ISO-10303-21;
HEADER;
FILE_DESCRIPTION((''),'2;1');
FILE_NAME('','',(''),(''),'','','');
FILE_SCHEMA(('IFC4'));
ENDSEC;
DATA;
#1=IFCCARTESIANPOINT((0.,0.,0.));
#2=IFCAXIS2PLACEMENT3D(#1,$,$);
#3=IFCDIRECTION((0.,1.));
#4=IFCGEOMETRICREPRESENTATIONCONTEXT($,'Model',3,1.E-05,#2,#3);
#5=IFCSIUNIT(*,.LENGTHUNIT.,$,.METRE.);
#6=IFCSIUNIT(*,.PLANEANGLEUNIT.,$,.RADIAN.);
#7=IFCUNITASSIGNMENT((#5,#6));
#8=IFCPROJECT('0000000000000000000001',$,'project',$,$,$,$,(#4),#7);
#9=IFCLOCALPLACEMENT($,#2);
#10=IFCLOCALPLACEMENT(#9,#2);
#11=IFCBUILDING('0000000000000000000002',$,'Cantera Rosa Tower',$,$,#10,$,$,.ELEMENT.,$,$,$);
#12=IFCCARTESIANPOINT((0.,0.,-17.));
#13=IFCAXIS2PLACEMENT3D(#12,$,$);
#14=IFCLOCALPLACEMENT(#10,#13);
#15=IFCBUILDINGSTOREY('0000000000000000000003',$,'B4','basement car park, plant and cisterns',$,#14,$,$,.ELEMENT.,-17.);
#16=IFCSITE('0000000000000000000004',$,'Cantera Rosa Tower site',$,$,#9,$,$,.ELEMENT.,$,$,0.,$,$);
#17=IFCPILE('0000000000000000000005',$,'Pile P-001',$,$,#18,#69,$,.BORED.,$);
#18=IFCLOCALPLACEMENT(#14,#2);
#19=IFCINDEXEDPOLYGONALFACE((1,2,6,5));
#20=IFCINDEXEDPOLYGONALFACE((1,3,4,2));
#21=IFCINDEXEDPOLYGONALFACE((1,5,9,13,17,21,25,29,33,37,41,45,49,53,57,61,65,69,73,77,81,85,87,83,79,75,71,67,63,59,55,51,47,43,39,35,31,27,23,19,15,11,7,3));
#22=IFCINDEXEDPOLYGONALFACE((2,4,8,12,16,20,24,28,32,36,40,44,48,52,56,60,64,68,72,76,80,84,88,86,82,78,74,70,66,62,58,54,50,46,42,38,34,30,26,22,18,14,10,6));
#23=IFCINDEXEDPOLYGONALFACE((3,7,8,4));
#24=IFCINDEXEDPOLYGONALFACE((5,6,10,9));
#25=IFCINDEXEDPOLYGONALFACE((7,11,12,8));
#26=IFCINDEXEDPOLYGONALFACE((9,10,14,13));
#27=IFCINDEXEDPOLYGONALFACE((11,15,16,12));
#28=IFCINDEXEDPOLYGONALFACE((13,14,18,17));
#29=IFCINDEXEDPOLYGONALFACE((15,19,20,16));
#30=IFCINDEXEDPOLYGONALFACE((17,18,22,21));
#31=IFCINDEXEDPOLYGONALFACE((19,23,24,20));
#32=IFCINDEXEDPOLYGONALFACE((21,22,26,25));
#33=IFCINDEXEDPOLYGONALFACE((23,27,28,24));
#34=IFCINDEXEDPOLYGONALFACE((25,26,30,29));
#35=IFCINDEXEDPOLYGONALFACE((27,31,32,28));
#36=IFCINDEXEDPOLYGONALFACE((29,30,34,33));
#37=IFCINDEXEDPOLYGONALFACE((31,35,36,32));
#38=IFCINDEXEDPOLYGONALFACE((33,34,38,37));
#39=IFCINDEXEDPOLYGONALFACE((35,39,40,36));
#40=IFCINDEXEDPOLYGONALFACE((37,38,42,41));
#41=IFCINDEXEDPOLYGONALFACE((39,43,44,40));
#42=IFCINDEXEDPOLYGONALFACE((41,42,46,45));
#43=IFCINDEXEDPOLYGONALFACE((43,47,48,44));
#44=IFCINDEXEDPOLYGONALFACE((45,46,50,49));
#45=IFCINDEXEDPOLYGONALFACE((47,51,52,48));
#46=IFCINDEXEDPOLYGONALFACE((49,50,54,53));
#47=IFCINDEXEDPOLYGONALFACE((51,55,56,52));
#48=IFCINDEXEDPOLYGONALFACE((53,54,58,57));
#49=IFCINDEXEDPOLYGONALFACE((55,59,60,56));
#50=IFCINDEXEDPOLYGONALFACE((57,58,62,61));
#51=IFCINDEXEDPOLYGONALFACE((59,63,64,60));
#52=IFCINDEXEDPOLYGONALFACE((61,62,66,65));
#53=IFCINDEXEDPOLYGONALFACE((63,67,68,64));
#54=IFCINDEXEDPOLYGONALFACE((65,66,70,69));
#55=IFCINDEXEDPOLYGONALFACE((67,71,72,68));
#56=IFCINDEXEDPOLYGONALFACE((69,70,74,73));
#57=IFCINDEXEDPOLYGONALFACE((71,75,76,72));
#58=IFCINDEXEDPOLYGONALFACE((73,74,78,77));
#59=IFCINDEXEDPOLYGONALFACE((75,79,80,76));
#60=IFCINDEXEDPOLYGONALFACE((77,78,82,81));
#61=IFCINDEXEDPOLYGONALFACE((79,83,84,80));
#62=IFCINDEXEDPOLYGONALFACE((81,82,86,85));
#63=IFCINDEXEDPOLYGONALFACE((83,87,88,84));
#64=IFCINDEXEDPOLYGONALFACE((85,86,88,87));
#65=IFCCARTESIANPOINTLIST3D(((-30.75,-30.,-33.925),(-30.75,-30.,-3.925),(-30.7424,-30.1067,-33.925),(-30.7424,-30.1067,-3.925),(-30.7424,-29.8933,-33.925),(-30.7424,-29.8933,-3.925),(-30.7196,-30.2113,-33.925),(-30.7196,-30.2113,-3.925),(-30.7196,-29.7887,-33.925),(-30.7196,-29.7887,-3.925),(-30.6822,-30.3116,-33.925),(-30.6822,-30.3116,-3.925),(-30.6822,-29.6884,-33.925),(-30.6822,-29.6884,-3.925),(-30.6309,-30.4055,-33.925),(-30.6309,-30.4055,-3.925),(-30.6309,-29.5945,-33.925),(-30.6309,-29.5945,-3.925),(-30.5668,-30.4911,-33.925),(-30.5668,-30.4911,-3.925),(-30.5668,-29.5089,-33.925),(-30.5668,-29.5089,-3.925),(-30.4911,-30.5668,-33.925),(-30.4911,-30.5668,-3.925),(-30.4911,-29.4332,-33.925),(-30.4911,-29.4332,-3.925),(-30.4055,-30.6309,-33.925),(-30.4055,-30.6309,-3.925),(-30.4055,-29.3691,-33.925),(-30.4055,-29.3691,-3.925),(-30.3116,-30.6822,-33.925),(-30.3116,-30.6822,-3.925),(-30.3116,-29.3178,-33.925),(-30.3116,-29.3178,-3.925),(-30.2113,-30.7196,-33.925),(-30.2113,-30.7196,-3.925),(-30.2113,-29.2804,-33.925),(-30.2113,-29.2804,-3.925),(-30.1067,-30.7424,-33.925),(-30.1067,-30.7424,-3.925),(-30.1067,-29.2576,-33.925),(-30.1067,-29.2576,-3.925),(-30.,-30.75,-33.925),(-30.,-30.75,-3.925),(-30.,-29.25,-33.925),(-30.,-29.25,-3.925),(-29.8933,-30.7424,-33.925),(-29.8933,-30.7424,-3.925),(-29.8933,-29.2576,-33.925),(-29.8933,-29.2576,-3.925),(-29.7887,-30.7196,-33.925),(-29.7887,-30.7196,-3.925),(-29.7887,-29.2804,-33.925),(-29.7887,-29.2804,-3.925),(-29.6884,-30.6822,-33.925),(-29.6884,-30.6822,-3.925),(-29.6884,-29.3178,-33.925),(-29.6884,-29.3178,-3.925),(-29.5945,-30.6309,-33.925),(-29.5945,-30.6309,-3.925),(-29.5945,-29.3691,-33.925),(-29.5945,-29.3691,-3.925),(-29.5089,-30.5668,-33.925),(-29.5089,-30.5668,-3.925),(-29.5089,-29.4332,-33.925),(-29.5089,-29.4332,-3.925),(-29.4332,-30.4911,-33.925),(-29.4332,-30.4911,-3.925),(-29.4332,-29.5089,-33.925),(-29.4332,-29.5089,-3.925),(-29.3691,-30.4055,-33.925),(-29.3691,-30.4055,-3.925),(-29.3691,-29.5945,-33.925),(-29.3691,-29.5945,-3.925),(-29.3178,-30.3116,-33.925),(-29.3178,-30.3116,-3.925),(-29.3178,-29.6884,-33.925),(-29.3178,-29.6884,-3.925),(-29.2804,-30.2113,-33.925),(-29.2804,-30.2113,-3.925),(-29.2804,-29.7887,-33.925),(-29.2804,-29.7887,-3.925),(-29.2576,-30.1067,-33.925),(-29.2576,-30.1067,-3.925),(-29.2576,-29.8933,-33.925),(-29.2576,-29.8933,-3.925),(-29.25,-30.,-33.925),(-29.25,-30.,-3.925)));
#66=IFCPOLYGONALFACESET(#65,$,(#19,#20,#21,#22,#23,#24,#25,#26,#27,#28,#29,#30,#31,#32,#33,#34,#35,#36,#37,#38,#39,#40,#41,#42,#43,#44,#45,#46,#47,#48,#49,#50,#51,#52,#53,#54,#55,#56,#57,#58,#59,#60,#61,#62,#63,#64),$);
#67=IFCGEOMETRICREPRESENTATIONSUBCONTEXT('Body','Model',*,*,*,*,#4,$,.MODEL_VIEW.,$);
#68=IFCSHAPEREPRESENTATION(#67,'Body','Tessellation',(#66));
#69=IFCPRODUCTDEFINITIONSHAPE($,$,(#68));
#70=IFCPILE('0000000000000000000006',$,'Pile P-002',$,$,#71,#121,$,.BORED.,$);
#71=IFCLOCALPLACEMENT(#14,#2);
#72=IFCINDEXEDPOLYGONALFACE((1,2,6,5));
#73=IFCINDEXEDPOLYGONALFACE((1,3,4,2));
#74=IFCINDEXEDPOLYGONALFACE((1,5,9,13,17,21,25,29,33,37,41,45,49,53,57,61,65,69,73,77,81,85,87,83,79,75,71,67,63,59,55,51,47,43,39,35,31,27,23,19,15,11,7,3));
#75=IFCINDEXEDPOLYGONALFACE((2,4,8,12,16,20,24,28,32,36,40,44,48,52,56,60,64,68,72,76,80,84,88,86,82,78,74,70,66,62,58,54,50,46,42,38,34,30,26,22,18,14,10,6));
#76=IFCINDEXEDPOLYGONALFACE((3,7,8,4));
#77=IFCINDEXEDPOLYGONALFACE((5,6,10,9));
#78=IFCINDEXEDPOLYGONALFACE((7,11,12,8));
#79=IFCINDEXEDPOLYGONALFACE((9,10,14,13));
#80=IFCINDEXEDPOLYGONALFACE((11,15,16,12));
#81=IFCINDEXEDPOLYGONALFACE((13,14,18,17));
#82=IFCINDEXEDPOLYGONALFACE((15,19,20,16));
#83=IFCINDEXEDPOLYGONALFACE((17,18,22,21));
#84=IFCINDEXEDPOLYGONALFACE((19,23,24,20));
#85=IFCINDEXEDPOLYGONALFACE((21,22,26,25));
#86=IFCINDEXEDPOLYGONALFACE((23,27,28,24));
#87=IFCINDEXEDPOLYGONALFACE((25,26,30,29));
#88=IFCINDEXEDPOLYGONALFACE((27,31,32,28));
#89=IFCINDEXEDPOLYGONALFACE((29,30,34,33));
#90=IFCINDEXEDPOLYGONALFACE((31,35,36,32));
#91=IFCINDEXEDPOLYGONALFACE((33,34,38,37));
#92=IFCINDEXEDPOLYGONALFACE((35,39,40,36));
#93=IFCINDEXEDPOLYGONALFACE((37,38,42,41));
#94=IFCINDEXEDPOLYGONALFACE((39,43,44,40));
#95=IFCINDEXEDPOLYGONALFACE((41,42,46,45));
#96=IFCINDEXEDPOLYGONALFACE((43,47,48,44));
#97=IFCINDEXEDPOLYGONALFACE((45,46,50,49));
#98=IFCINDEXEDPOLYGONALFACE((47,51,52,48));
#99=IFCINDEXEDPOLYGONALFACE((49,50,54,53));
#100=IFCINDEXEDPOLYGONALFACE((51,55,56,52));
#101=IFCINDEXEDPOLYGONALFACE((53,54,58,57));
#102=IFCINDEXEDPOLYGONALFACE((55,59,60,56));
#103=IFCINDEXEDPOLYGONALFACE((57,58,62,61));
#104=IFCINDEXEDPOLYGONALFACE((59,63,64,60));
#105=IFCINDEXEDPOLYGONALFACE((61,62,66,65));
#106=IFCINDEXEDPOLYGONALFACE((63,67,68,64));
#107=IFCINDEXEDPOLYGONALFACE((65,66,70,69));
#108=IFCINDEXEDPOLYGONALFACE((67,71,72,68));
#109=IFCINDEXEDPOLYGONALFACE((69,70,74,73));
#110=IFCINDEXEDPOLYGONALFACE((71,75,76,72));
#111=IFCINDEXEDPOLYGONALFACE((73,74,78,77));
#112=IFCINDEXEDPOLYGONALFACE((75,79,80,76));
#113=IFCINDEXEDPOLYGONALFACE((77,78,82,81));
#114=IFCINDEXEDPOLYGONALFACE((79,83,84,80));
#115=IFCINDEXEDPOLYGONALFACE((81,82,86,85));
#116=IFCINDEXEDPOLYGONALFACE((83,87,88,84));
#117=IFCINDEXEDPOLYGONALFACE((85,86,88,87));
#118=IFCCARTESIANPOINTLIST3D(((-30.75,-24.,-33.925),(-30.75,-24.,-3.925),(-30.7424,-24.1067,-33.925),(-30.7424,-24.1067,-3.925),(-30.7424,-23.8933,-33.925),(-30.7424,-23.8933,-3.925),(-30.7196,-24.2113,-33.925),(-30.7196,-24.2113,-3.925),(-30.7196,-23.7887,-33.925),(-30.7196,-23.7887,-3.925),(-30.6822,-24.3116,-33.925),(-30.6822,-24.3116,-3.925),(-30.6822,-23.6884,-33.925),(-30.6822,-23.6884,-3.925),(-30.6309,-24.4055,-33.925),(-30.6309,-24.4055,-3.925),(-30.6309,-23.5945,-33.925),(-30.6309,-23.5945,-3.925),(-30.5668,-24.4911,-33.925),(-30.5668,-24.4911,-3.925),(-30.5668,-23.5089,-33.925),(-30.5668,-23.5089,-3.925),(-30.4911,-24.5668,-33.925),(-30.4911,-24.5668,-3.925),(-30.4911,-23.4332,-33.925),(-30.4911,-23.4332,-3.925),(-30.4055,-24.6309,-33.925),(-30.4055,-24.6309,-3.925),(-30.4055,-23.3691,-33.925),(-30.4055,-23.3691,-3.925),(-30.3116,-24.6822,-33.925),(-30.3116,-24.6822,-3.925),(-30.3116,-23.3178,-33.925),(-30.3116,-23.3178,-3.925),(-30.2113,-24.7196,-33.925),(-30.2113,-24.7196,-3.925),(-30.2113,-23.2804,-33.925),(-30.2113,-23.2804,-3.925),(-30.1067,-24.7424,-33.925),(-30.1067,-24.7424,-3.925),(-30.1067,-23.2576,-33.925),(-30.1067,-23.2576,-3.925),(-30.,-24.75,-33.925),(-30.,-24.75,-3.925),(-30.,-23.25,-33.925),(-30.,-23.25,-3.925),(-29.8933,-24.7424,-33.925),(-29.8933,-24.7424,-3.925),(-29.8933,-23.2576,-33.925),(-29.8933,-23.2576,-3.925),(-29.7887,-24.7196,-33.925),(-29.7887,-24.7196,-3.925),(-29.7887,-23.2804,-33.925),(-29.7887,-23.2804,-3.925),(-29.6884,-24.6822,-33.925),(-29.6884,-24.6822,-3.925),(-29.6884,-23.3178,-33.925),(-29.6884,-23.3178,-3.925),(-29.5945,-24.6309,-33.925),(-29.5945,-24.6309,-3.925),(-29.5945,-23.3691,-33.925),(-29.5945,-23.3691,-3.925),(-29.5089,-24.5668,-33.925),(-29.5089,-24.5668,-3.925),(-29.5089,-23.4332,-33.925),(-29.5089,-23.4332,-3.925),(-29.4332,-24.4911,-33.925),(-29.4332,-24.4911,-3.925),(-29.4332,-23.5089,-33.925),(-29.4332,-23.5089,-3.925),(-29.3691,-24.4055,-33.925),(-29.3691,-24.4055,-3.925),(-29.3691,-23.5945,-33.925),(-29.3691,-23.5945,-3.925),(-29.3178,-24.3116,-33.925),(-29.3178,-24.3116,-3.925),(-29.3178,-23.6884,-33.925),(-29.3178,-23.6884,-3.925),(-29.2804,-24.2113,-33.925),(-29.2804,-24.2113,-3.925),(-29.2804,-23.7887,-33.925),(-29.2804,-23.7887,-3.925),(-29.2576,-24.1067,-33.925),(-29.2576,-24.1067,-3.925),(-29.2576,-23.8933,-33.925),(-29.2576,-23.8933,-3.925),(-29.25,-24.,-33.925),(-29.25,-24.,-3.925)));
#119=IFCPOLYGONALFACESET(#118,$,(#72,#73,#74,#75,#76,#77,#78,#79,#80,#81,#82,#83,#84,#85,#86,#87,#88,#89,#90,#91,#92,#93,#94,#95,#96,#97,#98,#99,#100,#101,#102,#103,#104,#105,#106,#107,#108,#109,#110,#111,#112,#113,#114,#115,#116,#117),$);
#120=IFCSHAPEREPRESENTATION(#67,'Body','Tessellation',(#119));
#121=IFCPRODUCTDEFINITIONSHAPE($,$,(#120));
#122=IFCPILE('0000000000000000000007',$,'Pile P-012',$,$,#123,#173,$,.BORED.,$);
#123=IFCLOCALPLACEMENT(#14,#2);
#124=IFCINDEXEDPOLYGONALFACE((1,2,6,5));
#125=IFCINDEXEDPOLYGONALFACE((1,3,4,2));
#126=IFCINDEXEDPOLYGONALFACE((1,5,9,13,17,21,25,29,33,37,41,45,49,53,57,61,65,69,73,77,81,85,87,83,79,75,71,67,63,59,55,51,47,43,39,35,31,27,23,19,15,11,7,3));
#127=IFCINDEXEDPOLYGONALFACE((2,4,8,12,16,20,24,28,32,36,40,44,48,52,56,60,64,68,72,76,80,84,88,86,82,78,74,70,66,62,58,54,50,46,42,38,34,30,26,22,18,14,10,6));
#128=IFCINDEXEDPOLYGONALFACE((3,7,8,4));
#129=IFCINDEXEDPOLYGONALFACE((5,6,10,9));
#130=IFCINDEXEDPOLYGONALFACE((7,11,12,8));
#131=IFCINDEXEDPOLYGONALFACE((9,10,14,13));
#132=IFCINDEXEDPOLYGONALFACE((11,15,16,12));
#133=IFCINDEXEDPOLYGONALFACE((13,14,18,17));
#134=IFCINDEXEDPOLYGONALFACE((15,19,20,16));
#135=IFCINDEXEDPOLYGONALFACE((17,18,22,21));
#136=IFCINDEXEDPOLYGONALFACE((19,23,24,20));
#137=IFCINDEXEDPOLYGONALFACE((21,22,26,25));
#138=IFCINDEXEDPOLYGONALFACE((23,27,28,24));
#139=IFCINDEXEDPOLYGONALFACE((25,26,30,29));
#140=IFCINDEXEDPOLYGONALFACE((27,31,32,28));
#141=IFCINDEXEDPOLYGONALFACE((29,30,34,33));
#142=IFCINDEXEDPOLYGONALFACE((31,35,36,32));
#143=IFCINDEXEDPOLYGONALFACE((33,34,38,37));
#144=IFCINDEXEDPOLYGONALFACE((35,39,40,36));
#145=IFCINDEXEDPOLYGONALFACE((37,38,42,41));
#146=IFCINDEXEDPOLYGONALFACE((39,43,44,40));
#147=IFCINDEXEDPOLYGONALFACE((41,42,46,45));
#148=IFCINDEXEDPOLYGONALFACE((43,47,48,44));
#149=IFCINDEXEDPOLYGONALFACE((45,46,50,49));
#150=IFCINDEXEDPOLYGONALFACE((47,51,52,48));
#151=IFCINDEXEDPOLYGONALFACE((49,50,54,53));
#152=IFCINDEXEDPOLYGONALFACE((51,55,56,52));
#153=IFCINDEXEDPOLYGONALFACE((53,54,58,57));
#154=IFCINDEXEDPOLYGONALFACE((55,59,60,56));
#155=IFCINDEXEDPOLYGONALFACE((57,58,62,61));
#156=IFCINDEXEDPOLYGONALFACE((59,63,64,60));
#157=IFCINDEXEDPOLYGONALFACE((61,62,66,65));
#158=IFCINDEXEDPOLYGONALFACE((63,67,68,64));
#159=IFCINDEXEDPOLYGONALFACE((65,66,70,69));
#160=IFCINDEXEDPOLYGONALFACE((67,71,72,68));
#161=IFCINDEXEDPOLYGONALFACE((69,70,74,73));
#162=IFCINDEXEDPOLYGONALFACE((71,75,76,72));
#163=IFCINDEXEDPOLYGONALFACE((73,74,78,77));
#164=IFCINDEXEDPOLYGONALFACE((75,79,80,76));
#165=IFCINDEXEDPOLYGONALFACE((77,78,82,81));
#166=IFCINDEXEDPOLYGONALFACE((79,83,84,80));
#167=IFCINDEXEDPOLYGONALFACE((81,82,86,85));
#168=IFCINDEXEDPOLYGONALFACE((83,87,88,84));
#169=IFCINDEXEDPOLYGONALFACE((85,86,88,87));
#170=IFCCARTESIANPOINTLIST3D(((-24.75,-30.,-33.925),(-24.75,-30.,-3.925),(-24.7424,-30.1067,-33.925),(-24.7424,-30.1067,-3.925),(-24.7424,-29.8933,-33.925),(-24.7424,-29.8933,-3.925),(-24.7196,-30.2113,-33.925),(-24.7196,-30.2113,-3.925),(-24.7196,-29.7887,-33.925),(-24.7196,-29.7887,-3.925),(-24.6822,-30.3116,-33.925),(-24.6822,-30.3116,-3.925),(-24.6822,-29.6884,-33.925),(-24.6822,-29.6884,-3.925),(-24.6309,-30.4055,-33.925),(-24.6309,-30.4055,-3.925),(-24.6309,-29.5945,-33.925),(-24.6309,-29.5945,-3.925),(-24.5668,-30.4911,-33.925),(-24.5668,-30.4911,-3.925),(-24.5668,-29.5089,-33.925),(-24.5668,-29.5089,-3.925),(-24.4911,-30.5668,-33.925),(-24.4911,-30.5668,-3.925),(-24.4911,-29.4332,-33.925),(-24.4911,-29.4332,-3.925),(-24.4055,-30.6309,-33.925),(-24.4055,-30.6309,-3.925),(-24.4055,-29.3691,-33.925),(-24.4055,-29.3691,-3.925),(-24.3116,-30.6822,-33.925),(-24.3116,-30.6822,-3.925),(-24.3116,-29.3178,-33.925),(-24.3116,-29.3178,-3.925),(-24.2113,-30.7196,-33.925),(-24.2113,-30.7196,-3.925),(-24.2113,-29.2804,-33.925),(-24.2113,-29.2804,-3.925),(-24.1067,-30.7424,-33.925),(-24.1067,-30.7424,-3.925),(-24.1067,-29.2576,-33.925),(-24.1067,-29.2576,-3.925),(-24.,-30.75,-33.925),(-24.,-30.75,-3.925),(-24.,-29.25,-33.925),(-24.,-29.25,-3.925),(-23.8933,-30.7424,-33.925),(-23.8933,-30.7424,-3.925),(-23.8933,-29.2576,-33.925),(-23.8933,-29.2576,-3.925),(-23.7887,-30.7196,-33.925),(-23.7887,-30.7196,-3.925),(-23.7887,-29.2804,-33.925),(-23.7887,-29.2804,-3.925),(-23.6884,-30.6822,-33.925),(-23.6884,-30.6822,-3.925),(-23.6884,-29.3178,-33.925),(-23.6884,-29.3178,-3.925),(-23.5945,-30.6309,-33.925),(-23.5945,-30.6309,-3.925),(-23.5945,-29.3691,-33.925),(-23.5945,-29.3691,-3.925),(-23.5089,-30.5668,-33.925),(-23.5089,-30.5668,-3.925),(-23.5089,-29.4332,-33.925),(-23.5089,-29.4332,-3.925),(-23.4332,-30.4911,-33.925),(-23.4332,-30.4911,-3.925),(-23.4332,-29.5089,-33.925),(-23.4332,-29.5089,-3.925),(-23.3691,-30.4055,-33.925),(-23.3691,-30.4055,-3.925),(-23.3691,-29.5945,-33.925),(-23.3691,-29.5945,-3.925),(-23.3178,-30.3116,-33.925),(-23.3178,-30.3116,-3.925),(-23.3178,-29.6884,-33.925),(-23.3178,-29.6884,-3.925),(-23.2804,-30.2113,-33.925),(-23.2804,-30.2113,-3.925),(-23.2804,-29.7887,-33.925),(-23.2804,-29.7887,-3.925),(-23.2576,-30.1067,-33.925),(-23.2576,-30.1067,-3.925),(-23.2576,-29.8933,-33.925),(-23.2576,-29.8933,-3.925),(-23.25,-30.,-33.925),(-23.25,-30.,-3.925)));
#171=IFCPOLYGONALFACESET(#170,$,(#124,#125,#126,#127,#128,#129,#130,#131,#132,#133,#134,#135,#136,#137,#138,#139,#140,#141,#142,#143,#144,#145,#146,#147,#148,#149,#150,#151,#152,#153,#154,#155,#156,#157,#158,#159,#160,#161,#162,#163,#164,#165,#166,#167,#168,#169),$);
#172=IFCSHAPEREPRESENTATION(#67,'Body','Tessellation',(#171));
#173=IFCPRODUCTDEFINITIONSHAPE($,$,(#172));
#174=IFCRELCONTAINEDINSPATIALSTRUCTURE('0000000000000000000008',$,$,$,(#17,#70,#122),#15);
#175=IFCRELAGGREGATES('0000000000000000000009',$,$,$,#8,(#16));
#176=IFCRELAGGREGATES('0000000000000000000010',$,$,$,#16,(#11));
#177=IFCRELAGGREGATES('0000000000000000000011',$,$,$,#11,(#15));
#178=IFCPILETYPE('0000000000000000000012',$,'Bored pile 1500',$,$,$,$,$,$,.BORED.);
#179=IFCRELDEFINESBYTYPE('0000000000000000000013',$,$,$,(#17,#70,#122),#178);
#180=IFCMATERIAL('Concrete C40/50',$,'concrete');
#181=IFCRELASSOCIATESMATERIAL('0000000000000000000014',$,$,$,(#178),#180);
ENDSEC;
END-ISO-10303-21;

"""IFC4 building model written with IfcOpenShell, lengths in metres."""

from ifc_helpers import new_model, si_unit, direction, frame, origin, origin_2d, place, context, subcontext, project, spatial, circle, extrude, material, material_profile, profile_set, type_object, element, save


model = new_model("IFC4")

# Units and contexts
model_context = context("Model", 3, precision=1e-05, world=origin(), true_north=direction((0.0, 1.0)))
body_context = subcontext(model_context, "Body", "Model", "MODEL_VIEW")
ifc_project = project(units=[si_unit("LENGTHUNIT", "METRE"), si_unit("PLANEANGLEUNIT", "RADIAN")], contexts=[model_context])

# Site, building, storey
site_placement = place(None, origin())
site = spatial("IfcSite", under=ifc_project, at=site_placement, Name="Cantera Rosa Tower site", CompositionType="ELEMENT", RefElevation=0.0)
building_placement = place(site_placement, origin())
building = spatial("IfcBuilding", under=site, at=building_placement, Name="Cantera Rosa Tower", CompositionType="ELEMENT")
storey_placement = place(building_placement, frame((0.0, 0.0, -17.0)))
storey = spatial("IfcBuildingStorey", under=building, at=storey_placement, Name="B4", Description="basement car park, plant and cisterns", CompositionType="ELEMENT", Elevation=-17.0)

# Piles
ifc_material_1 = material(Name="Concrete C40/50", Category="concrete")
ifc_material_profile_1 = material_profile(ifc_material_1, circle(Radius=0.75, at=origin_2d()), Name="Bored pile 1500")
ifc_profile_set_1 = profile_set([ifc_material_profile_1], Name="Concrete C40/50")
pile_type = type_object("IfcPileType", Name="Bored pile 1500", PredefinedType="BORED", material=ifc_profile_set_1)
for number, where, z_axis, x_axis, name in (
    (1, (-30.0, -30.0, -3.925), (0.0, 0.0, -1.0), (1.0, 0.0, 0.0), "Pile P-001"),
    (2, (-30.0, -24.0, -3.925), (0.0, 0.0, -1.0), (1.0, 0.0, 0.0), "Pile P-002"),
    (3, (-24.0, -30.0, -3.925), (0.0, 0.0, -1.0), (1.0, 0.0, 0.0), "Pile P-012"),
):
    element("IfcPile", number, at=place(storey_placement, frame(where, z_axis=z_axis, x_axis=x_axis)), inside=storey, type_object=pile_type, Name=name, PredefinedType="BORED", context=body_context, shape_type="SweptSolid", body=[
        extrude(circle(Radius=0.75, at=origin_2d()), origin(), (0.0, 0.0, 1.0), 30.0),
    ])

save(model, "model.ifc")
